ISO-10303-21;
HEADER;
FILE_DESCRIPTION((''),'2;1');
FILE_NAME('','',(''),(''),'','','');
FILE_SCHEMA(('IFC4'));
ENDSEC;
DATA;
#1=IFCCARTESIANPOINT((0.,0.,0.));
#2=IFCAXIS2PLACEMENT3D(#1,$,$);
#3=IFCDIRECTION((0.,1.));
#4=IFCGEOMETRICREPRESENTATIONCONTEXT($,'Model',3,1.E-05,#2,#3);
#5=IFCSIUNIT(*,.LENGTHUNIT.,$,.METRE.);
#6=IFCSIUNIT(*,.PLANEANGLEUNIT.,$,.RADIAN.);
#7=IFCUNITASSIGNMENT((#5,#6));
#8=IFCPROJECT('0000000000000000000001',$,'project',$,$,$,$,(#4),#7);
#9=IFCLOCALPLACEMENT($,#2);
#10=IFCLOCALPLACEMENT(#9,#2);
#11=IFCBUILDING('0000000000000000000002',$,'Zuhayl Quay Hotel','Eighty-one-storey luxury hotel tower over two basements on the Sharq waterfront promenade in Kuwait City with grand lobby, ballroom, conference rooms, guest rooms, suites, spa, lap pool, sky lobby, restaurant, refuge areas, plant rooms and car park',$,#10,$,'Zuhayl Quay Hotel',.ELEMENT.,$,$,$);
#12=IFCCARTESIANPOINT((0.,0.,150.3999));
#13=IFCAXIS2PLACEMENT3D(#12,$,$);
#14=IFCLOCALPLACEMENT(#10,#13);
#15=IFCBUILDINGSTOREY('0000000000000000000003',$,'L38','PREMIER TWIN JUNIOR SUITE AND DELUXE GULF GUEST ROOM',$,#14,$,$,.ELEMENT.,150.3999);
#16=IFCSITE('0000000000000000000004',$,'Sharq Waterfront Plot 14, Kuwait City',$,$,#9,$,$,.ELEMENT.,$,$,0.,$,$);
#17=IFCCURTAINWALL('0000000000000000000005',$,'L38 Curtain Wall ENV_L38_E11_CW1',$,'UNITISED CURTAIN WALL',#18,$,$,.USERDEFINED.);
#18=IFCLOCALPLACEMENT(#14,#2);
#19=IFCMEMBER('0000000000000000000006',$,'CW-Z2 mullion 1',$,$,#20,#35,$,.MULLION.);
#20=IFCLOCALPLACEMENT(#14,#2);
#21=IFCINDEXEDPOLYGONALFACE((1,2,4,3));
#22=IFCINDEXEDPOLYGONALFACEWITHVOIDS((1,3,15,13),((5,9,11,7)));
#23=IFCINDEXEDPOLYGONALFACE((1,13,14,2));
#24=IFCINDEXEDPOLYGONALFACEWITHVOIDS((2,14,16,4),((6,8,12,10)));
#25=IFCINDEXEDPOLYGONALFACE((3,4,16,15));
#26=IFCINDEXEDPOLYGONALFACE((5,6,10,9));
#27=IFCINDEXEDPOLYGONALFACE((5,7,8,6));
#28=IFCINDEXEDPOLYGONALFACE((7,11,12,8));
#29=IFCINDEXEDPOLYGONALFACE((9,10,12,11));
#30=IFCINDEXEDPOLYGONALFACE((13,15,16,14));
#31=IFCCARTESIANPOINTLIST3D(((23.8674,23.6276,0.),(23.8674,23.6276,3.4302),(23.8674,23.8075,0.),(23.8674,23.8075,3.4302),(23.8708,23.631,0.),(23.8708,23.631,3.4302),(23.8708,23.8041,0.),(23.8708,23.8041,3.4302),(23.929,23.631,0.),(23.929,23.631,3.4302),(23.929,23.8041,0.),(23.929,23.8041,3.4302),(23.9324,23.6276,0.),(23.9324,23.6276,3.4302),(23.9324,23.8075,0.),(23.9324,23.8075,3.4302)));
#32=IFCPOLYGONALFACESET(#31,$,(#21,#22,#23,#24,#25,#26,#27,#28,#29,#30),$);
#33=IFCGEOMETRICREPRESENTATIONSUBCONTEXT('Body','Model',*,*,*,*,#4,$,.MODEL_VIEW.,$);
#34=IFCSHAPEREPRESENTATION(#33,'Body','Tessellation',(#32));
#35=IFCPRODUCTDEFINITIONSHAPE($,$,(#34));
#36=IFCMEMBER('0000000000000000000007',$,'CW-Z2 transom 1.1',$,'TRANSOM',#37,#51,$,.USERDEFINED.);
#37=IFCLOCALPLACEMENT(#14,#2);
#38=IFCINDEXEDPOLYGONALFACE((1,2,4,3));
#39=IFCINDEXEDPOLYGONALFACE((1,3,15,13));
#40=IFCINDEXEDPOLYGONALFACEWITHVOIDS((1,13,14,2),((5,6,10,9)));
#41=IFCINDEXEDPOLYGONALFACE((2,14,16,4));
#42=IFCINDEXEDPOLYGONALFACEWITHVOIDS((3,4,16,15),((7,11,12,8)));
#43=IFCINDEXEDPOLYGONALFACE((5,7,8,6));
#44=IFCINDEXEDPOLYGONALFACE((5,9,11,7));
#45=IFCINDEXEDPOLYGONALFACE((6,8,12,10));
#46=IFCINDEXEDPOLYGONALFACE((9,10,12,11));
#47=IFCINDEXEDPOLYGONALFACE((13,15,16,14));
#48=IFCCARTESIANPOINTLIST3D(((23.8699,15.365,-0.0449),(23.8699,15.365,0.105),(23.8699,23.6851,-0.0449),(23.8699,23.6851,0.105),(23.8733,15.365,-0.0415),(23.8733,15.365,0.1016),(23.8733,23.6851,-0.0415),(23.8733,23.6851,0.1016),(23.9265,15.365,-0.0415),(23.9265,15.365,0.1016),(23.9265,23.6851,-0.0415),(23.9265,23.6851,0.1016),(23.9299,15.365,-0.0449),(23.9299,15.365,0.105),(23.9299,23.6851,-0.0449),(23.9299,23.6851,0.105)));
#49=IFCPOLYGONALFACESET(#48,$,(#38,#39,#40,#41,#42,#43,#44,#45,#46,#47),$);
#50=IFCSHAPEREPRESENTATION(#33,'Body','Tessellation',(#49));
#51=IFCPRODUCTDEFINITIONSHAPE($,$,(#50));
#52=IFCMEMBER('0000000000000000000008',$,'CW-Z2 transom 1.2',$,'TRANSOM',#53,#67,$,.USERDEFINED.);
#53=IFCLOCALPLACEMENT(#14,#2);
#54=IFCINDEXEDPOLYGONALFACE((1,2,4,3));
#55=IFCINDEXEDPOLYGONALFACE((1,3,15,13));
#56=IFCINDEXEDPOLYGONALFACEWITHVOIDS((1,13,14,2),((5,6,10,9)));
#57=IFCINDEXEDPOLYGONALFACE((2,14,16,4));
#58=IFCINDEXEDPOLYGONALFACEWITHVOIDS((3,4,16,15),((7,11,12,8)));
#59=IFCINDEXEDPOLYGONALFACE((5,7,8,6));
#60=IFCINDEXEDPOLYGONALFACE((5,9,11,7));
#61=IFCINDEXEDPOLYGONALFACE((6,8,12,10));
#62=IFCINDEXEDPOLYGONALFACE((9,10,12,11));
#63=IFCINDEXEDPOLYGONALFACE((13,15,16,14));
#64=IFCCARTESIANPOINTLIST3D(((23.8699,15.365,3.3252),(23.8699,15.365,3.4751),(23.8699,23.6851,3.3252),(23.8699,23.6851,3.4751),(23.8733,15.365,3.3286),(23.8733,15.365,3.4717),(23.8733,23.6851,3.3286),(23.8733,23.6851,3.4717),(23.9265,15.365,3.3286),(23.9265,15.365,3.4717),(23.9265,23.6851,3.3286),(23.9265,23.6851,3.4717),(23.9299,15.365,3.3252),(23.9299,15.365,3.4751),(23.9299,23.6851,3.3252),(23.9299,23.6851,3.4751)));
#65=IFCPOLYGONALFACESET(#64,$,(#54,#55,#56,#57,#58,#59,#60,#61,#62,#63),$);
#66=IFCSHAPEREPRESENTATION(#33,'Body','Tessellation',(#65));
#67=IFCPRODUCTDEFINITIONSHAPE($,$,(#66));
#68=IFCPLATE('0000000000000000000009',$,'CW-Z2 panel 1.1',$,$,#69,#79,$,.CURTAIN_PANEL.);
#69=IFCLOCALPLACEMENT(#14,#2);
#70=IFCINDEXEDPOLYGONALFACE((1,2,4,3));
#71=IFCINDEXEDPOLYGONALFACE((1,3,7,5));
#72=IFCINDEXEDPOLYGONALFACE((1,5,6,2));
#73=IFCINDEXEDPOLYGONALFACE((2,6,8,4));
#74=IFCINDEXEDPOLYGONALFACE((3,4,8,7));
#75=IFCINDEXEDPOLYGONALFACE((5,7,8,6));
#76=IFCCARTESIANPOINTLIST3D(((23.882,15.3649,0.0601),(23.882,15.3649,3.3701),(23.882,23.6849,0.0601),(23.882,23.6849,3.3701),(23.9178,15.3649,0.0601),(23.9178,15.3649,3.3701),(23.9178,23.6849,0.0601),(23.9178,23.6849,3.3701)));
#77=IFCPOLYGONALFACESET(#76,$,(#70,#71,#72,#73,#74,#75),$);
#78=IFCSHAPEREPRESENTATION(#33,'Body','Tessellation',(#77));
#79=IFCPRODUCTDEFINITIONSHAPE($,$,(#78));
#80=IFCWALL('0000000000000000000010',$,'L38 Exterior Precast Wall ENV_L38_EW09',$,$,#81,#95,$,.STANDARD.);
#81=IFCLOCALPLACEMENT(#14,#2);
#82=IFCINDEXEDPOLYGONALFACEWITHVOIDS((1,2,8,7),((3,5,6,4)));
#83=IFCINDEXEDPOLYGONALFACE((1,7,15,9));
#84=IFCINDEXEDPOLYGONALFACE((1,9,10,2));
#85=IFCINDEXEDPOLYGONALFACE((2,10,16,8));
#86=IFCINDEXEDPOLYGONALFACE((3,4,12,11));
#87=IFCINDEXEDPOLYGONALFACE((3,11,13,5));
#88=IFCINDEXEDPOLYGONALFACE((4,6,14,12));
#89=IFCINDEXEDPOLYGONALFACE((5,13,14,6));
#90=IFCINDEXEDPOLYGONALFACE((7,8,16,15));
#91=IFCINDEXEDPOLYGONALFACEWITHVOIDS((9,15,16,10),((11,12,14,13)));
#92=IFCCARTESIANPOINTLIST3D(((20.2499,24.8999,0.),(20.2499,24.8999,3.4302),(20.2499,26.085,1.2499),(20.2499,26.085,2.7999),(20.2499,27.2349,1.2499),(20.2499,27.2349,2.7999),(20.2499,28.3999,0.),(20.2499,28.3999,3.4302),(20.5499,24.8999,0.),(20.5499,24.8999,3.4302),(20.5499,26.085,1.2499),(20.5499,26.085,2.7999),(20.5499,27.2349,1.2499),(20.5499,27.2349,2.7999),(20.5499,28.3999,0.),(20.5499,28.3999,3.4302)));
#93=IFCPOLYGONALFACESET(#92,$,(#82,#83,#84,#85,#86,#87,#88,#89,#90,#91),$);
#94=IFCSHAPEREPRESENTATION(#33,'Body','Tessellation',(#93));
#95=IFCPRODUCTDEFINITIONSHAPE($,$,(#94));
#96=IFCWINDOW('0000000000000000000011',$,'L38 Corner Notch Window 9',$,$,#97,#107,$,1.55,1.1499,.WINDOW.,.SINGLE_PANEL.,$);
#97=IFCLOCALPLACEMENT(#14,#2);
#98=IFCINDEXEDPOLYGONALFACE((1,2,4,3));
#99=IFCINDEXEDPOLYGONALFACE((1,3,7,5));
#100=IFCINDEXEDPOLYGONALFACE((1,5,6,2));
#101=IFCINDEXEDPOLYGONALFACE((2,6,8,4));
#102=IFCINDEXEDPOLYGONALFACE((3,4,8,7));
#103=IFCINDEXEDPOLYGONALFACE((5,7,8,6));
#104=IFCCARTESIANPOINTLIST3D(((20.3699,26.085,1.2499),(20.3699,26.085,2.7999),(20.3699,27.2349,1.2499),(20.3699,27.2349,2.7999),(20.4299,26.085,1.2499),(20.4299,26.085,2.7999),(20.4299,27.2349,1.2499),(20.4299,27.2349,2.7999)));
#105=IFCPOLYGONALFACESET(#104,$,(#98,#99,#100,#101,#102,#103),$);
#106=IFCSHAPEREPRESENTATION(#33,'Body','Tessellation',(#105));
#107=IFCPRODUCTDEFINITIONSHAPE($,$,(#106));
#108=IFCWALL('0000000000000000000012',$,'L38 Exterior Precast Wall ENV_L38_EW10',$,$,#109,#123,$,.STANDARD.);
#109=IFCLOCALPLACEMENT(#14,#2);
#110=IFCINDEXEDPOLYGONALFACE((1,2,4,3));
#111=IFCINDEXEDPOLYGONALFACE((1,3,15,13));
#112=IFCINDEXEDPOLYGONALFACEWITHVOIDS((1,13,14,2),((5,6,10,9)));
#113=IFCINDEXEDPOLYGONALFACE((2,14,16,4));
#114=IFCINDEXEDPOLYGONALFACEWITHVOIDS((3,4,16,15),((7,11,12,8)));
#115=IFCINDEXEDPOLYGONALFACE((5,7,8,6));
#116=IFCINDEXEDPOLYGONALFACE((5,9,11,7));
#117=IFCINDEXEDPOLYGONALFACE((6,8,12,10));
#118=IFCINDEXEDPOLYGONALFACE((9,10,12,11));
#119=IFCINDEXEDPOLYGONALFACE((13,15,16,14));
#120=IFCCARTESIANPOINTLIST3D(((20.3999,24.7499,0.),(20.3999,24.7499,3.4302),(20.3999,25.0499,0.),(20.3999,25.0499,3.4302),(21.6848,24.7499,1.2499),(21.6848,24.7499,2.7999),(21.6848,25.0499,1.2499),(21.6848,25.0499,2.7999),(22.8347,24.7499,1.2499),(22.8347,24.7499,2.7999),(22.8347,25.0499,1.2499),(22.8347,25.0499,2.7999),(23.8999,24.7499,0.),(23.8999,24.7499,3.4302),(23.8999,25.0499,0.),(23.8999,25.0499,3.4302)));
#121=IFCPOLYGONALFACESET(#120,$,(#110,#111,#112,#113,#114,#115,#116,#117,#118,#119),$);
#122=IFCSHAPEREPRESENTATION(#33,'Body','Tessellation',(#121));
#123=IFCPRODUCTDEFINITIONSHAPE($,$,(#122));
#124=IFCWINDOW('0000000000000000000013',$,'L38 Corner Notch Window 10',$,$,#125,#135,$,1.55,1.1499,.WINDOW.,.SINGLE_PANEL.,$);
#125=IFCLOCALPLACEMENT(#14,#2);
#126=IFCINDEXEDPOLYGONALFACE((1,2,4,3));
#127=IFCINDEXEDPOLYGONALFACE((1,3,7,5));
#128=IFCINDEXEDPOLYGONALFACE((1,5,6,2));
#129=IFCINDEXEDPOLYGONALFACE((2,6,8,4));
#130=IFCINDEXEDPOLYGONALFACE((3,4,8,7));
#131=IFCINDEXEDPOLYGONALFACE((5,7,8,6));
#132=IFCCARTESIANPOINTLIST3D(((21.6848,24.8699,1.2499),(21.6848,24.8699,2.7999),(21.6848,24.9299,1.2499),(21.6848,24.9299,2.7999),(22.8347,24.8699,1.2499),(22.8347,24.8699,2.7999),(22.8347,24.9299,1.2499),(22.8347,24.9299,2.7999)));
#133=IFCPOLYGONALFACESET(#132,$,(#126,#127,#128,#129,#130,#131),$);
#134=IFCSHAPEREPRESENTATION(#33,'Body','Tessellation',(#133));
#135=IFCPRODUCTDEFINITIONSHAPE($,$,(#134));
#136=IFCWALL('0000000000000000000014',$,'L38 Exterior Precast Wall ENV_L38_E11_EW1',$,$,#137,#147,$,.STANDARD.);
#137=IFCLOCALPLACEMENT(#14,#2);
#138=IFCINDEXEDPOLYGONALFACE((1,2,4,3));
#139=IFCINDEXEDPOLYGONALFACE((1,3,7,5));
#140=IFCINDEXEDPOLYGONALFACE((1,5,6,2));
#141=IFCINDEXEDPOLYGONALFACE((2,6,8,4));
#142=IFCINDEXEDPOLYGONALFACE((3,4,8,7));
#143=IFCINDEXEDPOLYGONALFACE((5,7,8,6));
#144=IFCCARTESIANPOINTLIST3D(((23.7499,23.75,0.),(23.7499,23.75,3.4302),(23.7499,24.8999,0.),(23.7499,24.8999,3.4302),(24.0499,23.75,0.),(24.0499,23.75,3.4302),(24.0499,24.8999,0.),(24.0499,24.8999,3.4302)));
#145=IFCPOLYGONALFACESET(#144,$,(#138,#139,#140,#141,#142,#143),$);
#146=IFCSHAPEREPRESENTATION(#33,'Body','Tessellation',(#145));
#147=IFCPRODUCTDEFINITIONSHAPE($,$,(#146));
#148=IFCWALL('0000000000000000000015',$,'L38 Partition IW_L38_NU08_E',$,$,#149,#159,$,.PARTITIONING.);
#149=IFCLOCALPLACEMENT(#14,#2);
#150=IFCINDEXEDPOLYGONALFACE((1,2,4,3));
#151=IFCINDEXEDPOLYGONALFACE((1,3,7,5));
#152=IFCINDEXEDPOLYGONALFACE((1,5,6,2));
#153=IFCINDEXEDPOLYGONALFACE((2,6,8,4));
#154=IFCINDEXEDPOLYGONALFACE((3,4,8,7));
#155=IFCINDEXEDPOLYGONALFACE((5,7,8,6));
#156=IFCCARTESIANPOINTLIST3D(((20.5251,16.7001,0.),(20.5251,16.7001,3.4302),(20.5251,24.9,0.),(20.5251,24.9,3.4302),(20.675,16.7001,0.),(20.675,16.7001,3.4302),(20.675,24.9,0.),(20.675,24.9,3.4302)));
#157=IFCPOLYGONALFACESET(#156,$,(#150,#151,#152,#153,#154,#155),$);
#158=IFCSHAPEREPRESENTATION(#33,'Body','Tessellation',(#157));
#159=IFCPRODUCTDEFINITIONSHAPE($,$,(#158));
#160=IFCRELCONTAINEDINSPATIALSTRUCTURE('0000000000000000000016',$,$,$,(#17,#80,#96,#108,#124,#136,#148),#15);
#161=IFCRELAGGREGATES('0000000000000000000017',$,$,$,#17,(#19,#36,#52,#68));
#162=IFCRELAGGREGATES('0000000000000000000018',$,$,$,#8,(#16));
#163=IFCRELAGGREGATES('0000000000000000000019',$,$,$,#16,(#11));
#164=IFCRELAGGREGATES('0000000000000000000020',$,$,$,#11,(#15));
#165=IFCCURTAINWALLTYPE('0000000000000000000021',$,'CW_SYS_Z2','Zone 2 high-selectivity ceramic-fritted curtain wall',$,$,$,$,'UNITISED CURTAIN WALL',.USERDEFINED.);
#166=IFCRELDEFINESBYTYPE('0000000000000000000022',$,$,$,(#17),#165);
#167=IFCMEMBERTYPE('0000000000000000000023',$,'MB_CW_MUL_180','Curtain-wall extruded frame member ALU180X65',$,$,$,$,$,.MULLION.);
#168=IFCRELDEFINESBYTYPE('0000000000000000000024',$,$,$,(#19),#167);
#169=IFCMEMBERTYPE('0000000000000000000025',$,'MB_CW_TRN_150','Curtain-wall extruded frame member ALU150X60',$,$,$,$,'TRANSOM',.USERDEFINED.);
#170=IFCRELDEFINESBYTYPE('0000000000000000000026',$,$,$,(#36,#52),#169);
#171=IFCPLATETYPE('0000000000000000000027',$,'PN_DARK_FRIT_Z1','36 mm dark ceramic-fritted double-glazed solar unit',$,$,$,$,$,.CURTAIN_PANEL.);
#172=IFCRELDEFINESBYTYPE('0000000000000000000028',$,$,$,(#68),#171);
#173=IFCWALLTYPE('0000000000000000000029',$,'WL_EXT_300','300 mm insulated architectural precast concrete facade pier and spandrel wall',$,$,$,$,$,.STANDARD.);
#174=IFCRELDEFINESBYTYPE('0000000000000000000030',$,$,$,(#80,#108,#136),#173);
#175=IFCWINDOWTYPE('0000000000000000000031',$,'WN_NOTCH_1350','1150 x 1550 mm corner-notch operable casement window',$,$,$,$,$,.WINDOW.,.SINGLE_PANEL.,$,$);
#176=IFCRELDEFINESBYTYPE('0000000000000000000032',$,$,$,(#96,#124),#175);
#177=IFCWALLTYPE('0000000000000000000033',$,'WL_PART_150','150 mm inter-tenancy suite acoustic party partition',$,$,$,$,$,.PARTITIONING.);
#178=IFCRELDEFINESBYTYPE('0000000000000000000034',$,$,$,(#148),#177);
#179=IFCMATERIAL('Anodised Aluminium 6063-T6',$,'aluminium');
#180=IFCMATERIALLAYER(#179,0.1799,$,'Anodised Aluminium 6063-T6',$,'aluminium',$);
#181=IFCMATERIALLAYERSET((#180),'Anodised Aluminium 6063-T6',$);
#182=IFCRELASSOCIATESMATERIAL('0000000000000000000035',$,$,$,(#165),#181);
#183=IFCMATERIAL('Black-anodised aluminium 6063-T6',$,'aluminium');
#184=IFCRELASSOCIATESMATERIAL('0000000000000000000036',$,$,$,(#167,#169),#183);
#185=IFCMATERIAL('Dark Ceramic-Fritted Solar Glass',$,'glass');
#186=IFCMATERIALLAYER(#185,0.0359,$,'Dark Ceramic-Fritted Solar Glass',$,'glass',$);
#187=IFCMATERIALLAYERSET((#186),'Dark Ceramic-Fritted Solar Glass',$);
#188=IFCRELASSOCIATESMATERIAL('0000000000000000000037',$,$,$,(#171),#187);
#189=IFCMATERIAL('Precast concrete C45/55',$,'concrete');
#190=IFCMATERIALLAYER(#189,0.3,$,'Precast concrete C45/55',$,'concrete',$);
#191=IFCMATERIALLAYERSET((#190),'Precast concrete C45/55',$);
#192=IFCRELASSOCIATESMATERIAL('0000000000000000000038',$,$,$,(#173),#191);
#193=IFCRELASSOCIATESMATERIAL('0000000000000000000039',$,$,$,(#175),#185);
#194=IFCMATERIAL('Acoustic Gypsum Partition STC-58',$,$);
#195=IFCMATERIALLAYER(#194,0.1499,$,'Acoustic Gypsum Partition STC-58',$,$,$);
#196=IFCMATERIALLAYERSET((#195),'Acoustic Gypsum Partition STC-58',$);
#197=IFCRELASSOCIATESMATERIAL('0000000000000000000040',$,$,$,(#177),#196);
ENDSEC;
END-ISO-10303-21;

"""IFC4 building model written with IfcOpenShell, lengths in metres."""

from ifc_helpers import new_model, si_unit, direction, frame, frame_2d, origin, origin_2d, place, context, subcontext, project, spatial, rectangle, hollow_rectangle, extrude, material, layer, layer_set, material_profile, profile_set, type_object, element, fill, aggregate, save


model = new_model("IFC4")

# Units and contexts
model_context = context("Model", 3, precision=1e-05, world=origin(), true_north=direction((0.0, 1.0)))
body_context = subcontext(model_context, "Body", "Model", "MODEL_VIEW")
ifc_project = project(units=[si_unit("LENGTHUNIT", "METRE"), si_unit("PLANEANGLEUNIT", "RADIAN")], contexts=[model_context])

# Site, building, storey
site_placement = place(None, origin())
site = spatial("IfcSite", under=ifc_project, at=site_placement, Name="Sharq Waterfront Plot 14, Kuwait City", CompositionType="ELEMENT", RefElevation=0.0)
building_placement = place(site_placement, origin())
building = spatial("IfcBuilding", under=site, at=building_placement, Name="Zuhayl Quay Hotel", Description="Eighty-one-storey luxury hotel tower over two basements on the Sharq waterfront promenade in Kuwait City with grand lobby, ballroom, conference rooms, guest rooms, suites, spa, lap pool, sky lobby, restaurant, refuge areas, plant rooms and car park", LongName="Zuhayl Quay Hotel", CompositionType="ELEMENT")
storey_placement = place(building_placement, frame((0.0, 0.0, 150.3999)))
storey = spatial("IfcBuildingStorey", under=building, at=storey_placement, Name="L38", Description="PREMIER TWIN JUNIOR SUITE AND DELUXE GULF GUEST ROOM", CompositionType="ELEMENT", Elevation=150.3999)

# Curtain wall, members, plate
ifc_material_1 = material(Name="Anodised Aluminium 6063-T6", Category="aluminium")
ifc_layer_1 = layer(ifc_material_1, 0.1799, Name="Anodised Aluminium 6063-T6", Category="aluminium")
ifc_layer_set_1 = layer_set([ifc_layer_1], Name="Anodised Aluminium 6063-T6")
curtain_wall_type = type_object("IfcCurtainWallType", Name="CW_SYS_Z2", Description="Zone 2 high-selectivity ceramic-fritted curtain wall", ElementType="UNITISED CURTAIN WALL", PredefinedType="USERDEFINED", material=ifc_layer_set_1)
curtain_wall_placement = place(storey_placement, origin())
curtain_wall = element("IfcCurtainWall", 1, at=curtain_wall_placement, inside=storey, type_object=curtain_wall_type, Name="L38 Curtain Wall ENV_L38_E11_CW1", ObjectType="UNITISED CURTAIN WALL", PredefinedType="USERDEFINED")
ifc_material_2 = material(Name="Black-anodised aluminium 6063-T6", Category="aluminium")
ifc_material_profile_1 = material_profile(ifc_material_2, hollow_rectangle(XDim=0.0649, YDim=0.1799, WallThickness=0.0034, at=origin_2d()), Name="ALU180X65")
ifc_profile_set_1 = profile_set([ifc_material_profile_1], Name="Black-anodised aluminium 6063-T6")
member_type_1 = type_object("IfcMemberType", Name="MB_CW_MUL_180", Description="Curtain-wall extruded frame member ALU180X65", PredefinedType="MULLION", material=ifc_profile_set_1)
member_1_placement = place(storey_placement, frame((23.8999, 23.7175, 0.0), z_axis=(0.0, 0.0, 1.0), x_axis=(1.0, 0.0, 0.0)))
member_1 = element("IfcMember", 2, at=member_1_placement, type_object=member_type_1, Name="CW-Z2 mullion 1", PredefinedType="MULLION", context=body_context, shape_type="SweptSolid", body=[
    extrude(hollow_rectangle(XDim=0.0649, YDim=0.1799, WallThickness=0.0034, at=origin_2d()), origin(), (0.0, 0.0, 1.0), 3.4302),
])
ifc_material_profile_2 = material_profile(ifc_material_2, hollow_rectangle(XDim=0.0601, YDim=0.1499, WallThickness=0.0034, at=origin_2d()), Name="ALU150X60")
ifc_profile_set_2 = profile_set([ifc_material_profile_2], Name="Black-anodised aluminium 6063-T6")
member_type_2 = type_object("IfcMemberType", Name="MB_CW_TRN_150", Description="Curtain-wall extruded frame member ALU150X60", ElementType="TRANSOM", PredefinedType="USERDEFINED", material=ifc_profile_set_2)
member_2_placement = place(storey_placement, frame((23.8999, 23.6851, 0.03), z_axis=(0.0, -1.0, 0.0), x_axis=(1.0, 0.0, 0.0)))
member_2 = element("IfcMember", 3, at=member_2_placement, type_object=member_type_2, Name="CW-Z2 transom 1.1", ObjectType="TRANSOM", PredefinedType="USERDEFINED", context=body_context, shape_type="SweptSolid", body=[
    extrude(hollow_rectangle(XDim=0.0601, YDim=0.1499, WallThickness=0.0034, at=origin_2d()), origin(), (0.0, 0.0, 1.0), 8.3201),
])
member_3_placement = place(storey_placement, frame((23.8999, 23.6851, 3.4001), z_axis=(0.0, -1.0, 0.0), x_axis=(1.0, 0.0, 0.0)))
member_3 = element("IfcMember", 4, at=member_3_placement, type_object=member_type_2, Name="CW-Z2 transom 1.2", ObjectType="TRANSOM", PredefinedType="USERDEFINED", context=body_context, shape_type="SweptSolid", body=[
    extrude(hollow_rectangle(XDim=0.0601, YDim=0.1499, WallThickness=0.0034, at=origin_2d()), origin(), (0.0, 0.0, 1.0), 8.3201),
])
ifc_material_3 = material(Name="Dark Ceramic-Fritted Solar Glass", Category="glass")
ifc_layer_2 = layer(ifc_material_3, 0.0359, Name="Dark Ceramic-Fritted Solar Glass", Category="glass")
ifc_layer_set_2 = layer_set([ifc_layer_2], Name="Dark Ceramic-Fritted Solar Glass")
plate_type = type_object("IfcPlateType", Name="PN_DARK_FRIT_Z1", Description="36 mm dark ceramic-fritted double-glazed solar unit", PredefinedType="CURTAIN_PANEL", material=ifc_layer_set_2)
plate_placement = place(storey_placement, frame((23.8999, 19.5249, 0.0601), z_axis=(0.0, 0.0, 1.0), x_axis=(0.0, -1.0, 0.0)))
plate = element("IfcPlate", 5, at=plate_placement, type_object=plate_type, Name="CW-Z2 panel 1.1", PredefinedType="CURTAIN_PANEL", context=body_context, shape_type="SweptSolid", body=[
    extrude(rectangle(XDim=8.3201, YDim=0.0359, at=origin_2d()), origin(), (0.0, 0.0, 1.0), 3.3101),
])
aggregate(curtain_wall, [member_1, member_2, member_3, plate])

# Walls, openings, windows
ifc_material_4 = material(Name="Precast concrete C45/55", Category="concrete")
ifc_layer_3 = layer(ifc_material_4, 0.3, Name="Precast concrete C45/55", Category="concrete")
ifc_layer_set_3 = layer_set([ifc_layer_3], Name="Precast concrete C45/55")
wall_type_1 = type_object("IfcWallType", Name="WL_EXT_300", Description="300 mm insulated architectural precast concrete facade pier and spandrel wall", PredefinedType="STANDARD", material=ifc_layer_set_3)
wall_1_placement = place(storey_placement, frame((20.3999, 28.3999, 0.0), z_axis=(0.0, 0.0, 1.0), x_axis=(0.0, -1.0, 0.0)))
wall_1 = element("IfcWall", 6, at=wall_1_placement, inside=storey, type_object=wall_type_1, Name="L38 Exterior Precast Wall ENV_L38_EW09", PredefinedType="STANDARD", context=body_context, shape_type="SweptSolid", body=[
    extrude(rectangle(XDim=3.5, YDim=0.3, at=frame_2d((1.75, 0.0))), origin(), (0.0, 0.0, 1.0), 3.4302),
])
opening_1_placement = place(wall_1_placement, frame((1.165, 0.0, 1.25)))
opening_1 = element("IfcOpeningElement", 7, at=opening_1_placement, cuts=wall_1, PredefinedType="OPENING", context=body_context, shape_type="SweptSolid", body=[
    extrude(rectangle(XDim=1.1499, YDim=1.55, at=frame_2d((0.575, 0.7749))), frame((0.0, 0.1599, 0.0), z_axis=(0.0, -1.0, 0.0), x_axis=(1.0, 0.0, 0.0)), (0.0, 0.0, 1.0), 0.3201),
])
window_type = type_object("IfcWindowType", Name="WN_NOTCH_1350", Description="1150 x 1550 mm corner-notch operable casement window", PartitioningType="SINGLE_PANEL", PredefinedType="WINDOW", material=ifc_material_3)
window_1_placement = place(opening_1_placement, origin())
window_1 = element("IfcWindow", 8, at=window_1_placement, inside=storey, type_object=window_type, Name="L38 Corner Notch Window 9", OverallHeight=1.55, OverallWidth=1.1499, PartitioningType="SINGLE_PANEL", PredefinedType="WINDOW", context=body_context, shape_type="SweptSolid", body=[
    extrude(rectangle(XDim=1.1499, YDim=1.55, at=frame_2d((0.575, 0.7749))), frame((0.0, 0.03, 0.0), z_axis=(0.0, -1.0, 0.0), x_axis=(1.0, 0.0, 0.0)), (0.0, 0.0, 1.0), 0.0601),
])
fill(opening_1, window_1)
wall_2_placement = place(storey_placement, frame((20.3999, 24.8999, 0.0), z_axis=(0.0, 0.0, 1.0), x_axis=(1.0, 0.0, 0.0)))
wall_2 = element("IfcWall", 9, at=wall_2_placement, inside=storey, type_object=wall_type_1, Name="L38 Exterior Precast Wall ENV_L38_EW10", PredefinedType="STANDARD", context=body_context, shape_type="SweptSolid", body=[
    extrude(rectangle(XDim=3.5, YDim=0.3, at=frame_2d((1.75, 0.0))), origin(), (0.0, 0.0, 1.0), 3.4302),
])
opening_2_placement = place(wall_2_placement, frame((1.2849, 0.0, 1.25)))
opening_2 = element("IfcOpeningElement", 10, at=opening_2_placement, cuts=wall_2, PredefinedType="OPENING", context=body_context, shape_type="SweptSolid", body=[
    extrude(rectangle(XDim=1.1499, YDim=1.55, at=frame_2d((0.575, 0.7749))), frame((0.0, 0.1599, 0.0), z_axis=(0.0, -1.0, 0.0), x_axis=(1.0, 0.0, 0.0)), (0.0, 0.0, 1.0), 0.3201),
])
window_2_placement = place(opening_2_placement, origin())
window_2 = element("IfcWindow", 11, at=window_2_placement, inside=storey, type_object=window_type, Name="L38 Corner Notch Window 10", OverallHeight=1.55, OverallWidth=1.1499, PartitioningType="SINGLE_PANEL", PredefinedType="WINDOW", context=body_context, shape_type="SweptSolid", body=[
    extrude(rectangle(XDim=1.1499, YDim=1.55, at=frame_2d((0.575, 0.7749))), frame((0.0, 0.03, 0.0), z_axis=(0.0, -1.0, 0.0), x_axis=(1.0, 0.0, 0.0)), (0.0, 0.0, 1.0), 0.0601),
])
fill(opening_2, window_2)

# Walls
wall_3_placement = place(storey_placement, frame((23.8999, 24.8999, 0.0), z_axis=(0.0, 0.0, 1.0), x_axis=(0.0, -1.0, 0.0)))
element("IfcWall", 12, at=wall_3_placement, inside=storey, type_object=wall_type_1, Name="L38 Exterior Precast Wall ENV_L38_E11_EW1", PredefinedType="STANDARD", context=body_context, shape_type="SweptSolid", body=[
    extrude(rectangle(XDim=1.1499, YDim=0.3, at=frame_2d((0.575, 0.0))), origin(), (0.0, 0.0, 1.0), 3.4302),
])
ifc_material_5 = material(Name="Acoustic Gypsum Partition STC-58")
ifc_layer_4 = layer(ifc_material_5, 0.1499, Name="Acoustic Gypsum Partition STC-58")
ifc_layer_set_4 = layer_set([ifc_layer_4], Name="Acoustic Gypsum Partition STC-58")
wall_type_2 = type_object("IfcWallType", Name="WL_PART_150", Description="150 mm inter-tenancy suite acoustic party partition", PredefinedType="PARTITIONING", material=ifc_layer_set_4)
wall_4_placement = place(storey_placement, frame((20.6001, 16.7, 0.0), z_axis=(0.0, 0.0, 1.0), x_axis=(0.0, 1.0, 0.0)))
element("IfcWall", 13, at=wall_4_placement, inside=storey, type_object=wall_type_2, Name="L38 Partition IW_L38_NU08_E", PredefinedType="PARTITIONING", context=body_context, shape_type="SweptSolid", body=[
    extrude(rectangle(XDim=8.2, YDim=0.1499, at=frame_2d((4.1001, 0.0))), origin(), (0.0, 0.0, 1.0), 3.4302),
])

save(model, "model.ifc")
